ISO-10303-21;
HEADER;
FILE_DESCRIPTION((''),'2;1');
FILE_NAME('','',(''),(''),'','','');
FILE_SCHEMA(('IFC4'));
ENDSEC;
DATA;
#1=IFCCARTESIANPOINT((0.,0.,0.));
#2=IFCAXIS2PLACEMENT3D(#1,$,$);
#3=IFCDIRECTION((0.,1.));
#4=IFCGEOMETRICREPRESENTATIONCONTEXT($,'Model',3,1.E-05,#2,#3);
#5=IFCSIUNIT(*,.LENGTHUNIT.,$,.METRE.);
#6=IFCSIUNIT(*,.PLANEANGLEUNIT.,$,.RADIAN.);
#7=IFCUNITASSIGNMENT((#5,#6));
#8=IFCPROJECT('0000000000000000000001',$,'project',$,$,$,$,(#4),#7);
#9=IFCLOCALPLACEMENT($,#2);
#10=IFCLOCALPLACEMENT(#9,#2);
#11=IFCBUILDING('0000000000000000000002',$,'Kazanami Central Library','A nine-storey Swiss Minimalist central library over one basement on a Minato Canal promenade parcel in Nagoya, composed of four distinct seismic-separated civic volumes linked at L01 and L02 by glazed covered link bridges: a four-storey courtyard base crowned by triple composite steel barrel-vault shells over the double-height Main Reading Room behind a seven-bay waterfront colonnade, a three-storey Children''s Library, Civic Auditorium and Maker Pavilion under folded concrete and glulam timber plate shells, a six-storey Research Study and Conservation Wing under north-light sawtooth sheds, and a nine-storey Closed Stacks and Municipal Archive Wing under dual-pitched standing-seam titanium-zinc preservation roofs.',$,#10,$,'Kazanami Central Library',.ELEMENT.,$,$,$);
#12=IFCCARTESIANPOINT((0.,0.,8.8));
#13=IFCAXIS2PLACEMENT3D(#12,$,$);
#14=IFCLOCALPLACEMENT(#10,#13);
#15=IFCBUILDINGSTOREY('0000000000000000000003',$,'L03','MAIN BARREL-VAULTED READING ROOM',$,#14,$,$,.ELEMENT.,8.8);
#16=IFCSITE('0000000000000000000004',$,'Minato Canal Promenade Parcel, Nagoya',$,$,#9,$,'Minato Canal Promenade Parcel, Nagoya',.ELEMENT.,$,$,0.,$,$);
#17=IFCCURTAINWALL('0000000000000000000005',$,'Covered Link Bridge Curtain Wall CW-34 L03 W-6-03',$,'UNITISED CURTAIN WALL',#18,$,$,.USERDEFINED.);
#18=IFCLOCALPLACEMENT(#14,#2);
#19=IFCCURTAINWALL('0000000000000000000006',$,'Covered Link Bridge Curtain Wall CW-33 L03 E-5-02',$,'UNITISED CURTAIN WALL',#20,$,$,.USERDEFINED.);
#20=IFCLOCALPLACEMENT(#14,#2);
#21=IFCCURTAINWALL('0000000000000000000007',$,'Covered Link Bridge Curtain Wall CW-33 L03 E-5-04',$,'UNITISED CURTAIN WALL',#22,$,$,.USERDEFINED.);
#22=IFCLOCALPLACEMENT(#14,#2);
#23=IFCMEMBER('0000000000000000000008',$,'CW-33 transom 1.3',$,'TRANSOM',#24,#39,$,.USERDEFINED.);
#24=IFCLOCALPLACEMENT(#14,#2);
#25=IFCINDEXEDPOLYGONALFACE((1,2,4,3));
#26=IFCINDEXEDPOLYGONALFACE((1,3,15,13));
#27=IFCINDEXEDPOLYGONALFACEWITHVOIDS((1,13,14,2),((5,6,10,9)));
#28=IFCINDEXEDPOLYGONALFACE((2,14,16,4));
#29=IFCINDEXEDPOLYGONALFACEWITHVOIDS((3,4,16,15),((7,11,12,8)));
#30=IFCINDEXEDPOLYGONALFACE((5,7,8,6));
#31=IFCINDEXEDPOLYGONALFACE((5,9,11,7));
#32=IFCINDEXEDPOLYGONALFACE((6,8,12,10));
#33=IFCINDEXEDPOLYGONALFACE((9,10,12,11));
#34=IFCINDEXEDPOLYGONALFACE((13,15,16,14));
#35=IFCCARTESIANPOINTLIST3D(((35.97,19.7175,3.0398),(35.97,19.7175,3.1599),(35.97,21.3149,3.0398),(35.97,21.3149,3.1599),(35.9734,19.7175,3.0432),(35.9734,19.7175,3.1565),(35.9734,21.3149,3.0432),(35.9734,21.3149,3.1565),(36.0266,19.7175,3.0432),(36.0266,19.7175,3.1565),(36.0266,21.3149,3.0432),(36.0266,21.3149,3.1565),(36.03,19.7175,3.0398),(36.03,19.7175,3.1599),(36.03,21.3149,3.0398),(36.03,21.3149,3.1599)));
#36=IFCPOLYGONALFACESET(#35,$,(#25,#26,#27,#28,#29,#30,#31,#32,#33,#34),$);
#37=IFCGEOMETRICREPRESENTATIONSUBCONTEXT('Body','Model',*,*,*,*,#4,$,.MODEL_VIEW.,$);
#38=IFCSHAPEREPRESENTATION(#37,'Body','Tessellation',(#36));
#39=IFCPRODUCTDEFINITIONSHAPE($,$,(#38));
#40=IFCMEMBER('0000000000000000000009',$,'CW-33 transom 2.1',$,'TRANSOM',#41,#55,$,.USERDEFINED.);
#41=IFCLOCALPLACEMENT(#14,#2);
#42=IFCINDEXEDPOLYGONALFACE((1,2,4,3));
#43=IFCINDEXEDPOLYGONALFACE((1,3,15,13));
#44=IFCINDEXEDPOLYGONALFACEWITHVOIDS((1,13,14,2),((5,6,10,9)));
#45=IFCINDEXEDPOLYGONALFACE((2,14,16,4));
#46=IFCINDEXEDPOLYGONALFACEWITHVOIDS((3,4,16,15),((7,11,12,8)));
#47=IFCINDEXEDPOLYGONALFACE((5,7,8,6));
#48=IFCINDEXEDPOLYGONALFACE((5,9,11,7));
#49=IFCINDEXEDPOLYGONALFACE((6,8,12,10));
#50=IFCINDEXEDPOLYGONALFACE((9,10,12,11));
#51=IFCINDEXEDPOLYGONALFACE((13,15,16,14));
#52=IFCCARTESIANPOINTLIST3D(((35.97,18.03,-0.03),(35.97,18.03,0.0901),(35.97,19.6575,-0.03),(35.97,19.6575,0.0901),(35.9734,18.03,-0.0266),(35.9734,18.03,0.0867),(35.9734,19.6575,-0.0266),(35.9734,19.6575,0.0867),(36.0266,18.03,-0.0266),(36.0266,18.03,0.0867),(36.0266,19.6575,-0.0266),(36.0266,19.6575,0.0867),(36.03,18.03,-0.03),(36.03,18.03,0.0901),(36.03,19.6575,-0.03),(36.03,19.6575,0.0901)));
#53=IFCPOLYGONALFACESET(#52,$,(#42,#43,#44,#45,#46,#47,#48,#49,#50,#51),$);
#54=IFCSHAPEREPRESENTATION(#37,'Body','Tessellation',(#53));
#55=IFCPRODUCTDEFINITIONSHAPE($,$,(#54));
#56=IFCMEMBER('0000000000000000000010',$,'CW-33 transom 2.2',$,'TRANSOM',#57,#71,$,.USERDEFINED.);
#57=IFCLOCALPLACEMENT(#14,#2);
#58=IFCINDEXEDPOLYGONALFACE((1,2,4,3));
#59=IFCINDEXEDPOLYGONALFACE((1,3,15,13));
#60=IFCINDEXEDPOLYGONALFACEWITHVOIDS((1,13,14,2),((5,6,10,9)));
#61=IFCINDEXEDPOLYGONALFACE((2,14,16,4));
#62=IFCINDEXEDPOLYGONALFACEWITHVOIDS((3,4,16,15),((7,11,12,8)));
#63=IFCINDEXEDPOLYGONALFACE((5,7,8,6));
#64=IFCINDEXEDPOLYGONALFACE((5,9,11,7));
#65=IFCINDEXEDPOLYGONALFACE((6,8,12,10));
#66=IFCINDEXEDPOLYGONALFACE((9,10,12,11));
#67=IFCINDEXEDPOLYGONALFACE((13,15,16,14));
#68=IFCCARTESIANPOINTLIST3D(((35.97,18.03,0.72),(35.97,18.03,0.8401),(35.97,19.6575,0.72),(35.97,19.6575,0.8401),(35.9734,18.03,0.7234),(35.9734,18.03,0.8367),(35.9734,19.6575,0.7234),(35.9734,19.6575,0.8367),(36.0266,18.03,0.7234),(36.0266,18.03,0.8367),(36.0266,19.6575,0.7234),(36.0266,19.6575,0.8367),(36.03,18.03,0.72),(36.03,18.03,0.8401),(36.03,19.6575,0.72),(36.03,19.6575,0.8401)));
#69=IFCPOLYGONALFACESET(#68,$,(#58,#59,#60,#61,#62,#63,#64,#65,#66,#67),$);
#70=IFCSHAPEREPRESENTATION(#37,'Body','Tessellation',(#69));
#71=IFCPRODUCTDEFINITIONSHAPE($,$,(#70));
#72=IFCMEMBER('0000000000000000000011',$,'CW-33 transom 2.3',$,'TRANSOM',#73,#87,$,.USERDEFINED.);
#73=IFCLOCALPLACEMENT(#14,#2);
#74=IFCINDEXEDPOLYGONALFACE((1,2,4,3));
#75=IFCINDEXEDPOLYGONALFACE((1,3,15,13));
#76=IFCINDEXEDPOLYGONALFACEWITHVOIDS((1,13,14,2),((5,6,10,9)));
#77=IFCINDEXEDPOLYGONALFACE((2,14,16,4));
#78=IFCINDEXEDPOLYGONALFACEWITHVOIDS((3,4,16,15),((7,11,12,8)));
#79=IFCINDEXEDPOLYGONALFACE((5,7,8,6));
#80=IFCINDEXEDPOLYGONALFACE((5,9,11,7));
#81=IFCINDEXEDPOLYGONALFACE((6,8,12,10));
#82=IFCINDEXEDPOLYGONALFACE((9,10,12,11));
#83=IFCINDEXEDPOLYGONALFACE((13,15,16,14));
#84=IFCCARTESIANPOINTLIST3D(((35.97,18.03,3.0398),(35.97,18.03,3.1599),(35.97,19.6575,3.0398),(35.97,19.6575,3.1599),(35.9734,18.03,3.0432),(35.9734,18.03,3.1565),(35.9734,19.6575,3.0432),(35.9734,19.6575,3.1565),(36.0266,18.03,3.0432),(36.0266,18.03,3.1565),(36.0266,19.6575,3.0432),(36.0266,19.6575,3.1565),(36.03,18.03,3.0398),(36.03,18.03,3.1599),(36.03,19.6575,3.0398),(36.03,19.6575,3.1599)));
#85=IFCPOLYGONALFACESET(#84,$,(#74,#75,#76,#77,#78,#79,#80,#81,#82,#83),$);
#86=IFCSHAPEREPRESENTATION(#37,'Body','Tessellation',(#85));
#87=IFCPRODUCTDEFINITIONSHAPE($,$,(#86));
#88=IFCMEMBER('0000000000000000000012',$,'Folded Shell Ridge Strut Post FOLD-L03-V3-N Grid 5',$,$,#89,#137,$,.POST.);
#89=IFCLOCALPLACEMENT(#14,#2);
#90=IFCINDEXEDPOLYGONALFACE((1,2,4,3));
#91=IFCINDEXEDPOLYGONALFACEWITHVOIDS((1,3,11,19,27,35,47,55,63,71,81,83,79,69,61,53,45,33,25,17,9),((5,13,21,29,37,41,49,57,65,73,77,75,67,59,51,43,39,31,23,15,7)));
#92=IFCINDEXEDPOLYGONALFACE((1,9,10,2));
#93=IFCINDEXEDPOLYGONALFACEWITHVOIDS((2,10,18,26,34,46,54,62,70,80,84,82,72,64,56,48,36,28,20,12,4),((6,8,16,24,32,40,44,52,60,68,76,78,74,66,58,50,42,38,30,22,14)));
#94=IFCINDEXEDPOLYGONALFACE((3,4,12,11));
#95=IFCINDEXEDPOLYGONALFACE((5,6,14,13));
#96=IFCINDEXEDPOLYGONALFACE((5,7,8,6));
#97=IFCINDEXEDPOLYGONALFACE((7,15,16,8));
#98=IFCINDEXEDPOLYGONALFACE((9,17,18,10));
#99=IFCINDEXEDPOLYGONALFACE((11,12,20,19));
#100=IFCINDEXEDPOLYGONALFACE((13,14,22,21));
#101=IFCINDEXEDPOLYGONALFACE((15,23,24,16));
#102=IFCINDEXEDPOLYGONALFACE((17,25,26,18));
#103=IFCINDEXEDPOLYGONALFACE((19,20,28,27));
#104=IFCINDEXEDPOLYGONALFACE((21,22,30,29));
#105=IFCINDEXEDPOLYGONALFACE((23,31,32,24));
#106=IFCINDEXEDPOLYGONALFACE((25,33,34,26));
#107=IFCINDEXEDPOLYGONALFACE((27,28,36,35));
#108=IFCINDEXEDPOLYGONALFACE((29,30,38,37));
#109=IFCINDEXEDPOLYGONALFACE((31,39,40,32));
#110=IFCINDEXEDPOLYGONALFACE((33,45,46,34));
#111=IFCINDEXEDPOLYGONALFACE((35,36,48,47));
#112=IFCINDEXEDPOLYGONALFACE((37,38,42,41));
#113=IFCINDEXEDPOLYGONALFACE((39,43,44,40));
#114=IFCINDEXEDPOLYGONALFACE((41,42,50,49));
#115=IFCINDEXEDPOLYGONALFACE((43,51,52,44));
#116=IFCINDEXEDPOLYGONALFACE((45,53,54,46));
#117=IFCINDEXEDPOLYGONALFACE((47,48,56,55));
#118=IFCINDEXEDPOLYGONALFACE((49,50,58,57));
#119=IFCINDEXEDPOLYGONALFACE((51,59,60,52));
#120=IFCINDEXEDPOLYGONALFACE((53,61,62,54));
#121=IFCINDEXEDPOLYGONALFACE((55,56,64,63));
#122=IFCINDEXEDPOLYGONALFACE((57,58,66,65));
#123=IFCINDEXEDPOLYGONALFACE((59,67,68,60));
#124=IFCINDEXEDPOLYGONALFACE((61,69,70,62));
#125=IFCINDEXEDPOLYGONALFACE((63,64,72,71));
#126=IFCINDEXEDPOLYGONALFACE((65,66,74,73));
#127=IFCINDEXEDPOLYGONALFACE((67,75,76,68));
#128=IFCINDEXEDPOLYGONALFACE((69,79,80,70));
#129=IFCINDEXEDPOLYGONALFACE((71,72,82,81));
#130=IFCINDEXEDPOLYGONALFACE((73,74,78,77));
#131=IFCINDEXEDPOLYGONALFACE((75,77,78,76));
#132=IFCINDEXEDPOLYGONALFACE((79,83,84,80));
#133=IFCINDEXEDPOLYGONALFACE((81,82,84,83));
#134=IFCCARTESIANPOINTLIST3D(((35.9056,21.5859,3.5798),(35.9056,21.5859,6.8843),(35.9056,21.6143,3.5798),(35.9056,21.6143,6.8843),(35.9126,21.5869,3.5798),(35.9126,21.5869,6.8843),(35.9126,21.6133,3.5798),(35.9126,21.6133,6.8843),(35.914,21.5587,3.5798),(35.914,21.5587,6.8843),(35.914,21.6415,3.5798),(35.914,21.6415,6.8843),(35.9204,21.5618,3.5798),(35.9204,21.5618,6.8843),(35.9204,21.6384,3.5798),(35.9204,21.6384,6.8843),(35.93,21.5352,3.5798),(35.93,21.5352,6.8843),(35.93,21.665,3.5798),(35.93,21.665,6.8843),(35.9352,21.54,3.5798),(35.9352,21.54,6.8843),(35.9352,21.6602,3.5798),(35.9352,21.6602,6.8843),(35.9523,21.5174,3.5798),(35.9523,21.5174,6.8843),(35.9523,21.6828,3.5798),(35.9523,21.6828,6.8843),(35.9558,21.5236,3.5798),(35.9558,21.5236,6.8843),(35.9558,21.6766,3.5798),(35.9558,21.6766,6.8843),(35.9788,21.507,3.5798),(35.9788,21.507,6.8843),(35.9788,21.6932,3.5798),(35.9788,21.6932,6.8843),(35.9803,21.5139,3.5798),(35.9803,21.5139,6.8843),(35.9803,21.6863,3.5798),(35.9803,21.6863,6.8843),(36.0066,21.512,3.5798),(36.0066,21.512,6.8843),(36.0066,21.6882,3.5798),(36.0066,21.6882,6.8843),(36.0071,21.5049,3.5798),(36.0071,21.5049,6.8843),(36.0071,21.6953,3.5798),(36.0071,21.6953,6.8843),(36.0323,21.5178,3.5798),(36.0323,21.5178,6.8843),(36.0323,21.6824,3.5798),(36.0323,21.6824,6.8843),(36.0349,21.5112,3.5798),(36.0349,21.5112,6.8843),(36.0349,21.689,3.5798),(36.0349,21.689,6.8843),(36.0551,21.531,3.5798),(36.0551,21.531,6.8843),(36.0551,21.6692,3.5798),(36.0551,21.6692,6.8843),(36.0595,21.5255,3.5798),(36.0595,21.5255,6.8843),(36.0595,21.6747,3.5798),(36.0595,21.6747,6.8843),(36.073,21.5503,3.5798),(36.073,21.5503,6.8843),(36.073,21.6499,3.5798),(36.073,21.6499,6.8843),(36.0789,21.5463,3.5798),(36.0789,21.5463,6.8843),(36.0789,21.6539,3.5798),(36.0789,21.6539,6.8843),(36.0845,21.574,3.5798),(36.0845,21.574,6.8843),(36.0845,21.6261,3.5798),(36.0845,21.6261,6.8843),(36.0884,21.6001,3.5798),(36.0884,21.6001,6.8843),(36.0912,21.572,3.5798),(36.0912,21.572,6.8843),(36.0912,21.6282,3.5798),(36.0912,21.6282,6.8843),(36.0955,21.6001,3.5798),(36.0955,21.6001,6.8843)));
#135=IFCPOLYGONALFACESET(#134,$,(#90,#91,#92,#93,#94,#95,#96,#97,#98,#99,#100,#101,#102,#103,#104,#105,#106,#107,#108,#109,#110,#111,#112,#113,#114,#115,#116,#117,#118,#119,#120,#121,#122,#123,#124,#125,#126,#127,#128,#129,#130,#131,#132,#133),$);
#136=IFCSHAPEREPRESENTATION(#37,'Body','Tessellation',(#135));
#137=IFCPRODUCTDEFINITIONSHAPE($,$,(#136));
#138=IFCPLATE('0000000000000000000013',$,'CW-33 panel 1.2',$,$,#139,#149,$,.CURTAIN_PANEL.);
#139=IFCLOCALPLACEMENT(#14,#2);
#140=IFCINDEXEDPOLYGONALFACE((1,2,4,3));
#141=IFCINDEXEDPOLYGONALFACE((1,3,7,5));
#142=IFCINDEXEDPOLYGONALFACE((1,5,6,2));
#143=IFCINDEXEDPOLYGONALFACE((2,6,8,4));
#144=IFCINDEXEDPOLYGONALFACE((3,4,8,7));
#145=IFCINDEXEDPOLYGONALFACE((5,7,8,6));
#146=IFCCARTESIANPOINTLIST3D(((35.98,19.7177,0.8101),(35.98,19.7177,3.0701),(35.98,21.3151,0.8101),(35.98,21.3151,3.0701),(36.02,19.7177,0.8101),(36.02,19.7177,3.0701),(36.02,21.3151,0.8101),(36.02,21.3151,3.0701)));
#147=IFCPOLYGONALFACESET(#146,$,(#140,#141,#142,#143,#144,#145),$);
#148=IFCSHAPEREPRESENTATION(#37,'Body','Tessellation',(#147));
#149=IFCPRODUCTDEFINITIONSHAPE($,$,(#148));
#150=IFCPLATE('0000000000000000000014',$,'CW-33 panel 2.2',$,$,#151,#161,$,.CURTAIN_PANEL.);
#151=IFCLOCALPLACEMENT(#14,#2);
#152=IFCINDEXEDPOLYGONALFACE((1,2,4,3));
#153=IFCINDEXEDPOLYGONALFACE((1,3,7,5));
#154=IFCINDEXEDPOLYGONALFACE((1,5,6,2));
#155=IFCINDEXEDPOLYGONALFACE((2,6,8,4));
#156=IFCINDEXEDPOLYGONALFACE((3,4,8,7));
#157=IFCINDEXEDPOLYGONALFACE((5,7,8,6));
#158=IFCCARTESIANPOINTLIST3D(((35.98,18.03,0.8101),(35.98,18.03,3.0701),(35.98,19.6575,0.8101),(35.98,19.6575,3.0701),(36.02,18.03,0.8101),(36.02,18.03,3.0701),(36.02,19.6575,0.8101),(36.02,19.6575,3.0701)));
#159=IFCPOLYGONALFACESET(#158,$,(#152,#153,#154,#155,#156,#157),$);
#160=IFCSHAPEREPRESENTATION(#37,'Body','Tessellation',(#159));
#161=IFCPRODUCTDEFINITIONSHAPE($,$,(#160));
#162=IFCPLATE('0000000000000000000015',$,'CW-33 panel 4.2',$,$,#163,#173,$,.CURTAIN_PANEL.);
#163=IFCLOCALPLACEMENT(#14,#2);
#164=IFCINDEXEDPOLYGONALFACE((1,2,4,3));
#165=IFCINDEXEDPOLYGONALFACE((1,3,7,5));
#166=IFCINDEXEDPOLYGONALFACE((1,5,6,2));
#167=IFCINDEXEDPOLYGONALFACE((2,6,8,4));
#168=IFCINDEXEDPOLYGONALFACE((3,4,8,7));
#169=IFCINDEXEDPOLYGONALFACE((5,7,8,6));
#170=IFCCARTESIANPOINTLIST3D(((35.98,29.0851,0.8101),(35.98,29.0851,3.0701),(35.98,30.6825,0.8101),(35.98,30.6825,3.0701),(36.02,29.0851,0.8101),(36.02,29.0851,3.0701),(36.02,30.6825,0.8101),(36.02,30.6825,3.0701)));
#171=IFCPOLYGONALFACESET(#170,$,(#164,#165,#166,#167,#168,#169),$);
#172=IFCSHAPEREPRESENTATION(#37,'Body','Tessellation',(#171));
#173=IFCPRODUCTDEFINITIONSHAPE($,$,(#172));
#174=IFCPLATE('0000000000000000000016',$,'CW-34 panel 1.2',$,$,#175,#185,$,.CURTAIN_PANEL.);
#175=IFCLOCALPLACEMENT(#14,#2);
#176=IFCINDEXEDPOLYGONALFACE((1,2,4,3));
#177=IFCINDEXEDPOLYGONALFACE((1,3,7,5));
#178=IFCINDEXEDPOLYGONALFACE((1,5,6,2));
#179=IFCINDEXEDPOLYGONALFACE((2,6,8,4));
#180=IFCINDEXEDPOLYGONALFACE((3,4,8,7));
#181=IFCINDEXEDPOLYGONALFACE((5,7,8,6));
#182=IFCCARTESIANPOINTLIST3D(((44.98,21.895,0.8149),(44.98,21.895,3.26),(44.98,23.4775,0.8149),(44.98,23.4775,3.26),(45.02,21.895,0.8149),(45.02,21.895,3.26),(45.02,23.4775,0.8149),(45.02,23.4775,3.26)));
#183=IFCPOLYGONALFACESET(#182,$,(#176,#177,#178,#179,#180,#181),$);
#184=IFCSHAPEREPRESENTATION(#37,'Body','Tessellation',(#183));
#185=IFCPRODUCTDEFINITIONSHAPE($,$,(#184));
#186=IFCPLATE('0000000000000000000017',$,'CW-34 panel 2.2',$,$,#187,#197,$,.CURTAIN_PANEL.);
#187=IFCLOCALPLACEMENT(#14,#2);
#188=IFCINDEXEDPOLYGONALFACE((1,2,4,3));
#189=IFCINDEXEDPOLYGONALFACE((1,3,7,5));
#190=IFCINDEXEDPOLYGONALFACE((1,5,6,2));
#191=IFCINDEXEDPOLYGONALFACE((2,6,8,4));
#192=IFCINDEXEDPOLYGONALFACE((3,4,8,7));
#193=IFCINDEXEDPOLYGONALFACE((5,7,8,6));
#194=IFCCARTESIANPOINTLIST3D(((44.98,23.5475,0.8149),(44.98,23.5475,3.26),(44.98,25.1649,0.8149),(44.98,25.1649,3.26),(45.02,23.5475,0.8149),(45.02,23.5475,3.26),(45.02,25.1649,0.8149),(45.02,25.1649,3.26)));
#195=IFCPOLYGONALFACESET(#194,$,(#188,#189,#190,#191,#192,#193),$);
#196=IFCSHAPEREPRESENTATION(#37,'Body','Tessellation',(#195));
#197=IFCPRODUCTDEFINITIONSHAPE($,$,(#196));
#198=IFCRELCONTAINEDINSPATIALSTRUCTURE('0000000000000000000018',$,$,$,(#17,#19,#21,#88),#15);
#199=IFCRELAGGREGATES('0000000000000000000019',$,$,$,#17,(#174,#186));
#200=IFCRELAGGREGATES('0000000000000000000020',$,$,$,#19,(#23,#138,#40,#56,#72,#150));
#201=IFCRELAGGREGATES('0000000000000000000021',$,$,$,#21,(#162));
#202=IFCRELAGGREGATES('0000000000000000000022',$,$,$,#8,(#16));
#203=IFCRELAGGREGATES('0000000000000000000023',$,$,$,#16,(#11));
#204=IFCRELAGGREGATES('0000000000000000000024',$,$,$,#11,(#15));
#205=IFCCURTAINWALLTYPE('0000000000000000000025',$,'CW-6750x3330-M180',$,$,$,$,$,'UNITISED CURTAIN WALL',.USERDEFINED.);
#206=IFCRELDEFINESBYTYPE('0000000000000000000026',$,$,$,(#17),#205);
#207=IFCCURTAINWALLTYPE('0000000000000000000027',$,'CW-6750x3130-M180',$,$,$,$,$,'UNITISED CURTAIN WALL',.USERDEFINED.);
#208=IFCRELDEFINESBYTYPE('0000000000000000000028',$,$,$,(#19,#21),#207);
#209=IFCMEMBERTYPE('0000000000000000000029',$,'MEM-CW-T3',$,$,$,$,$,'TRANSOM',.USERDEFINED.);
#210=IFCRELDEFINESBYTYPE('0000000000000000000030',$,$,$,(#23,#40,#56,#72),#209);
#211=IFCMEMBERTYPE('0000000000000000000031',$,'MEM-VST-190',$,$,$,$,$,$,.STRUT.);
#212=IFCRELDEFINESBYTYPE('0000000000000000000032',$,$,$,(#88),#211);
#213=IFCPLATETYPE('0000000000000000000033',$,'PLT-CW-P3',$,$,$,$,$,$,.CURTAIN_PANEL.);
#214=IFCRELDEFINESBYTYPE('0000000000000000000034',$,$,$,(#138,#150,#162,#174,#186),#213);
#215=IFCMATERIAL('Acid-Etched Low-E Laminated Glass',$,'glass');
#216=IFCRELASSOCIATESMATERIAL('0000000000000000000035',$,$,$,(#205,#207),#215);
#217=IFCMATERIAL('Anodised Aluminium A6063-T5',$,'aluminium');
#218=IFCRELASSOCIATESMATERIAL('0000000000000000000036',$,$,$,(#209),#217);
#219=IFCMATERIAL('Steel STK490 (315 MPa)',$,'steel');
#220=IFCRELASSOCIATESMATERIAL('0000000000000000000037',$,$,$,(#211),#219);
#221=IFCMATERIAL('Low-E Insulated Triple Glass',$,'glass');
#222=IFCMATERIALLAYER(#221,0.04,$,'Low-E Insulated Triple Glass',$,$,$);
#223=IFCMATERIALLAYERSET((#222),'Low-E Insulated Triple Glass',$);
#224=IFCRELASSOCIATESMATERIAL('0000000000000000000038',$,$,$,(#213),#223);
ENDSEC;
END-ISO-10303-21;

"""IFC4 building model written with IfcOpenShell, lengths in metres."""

from ifc_helpers import new_model, si_unit, direction, frame, origin, origin_2d, place, context, subcontext, project, spatial, rectangle, hollow_rectangle, hollow_circle, extrude, material, layer, layer_set, material_profile, profile_set, type_object, element, aggregate, save


model = new_model("IFC4")

# Units and contexts
model_context = context("Model", 3, precision=1e-05, world=origin(), true_north=direction((0.0, 1.0)))
body_context = subcontext(model_context, "Body", "Model", "MODEL_VIEW")
ifc_project = project(units=[si_unit("LENGTHUNIT", "METRE"), si_unit("PLANEANGLEUNIT", "RADIAN")], contexts=[model_context])

# Site, building, storey
site_placement = place(None, origin())
site = spatial("IfcSite", under=ifc_project, at=site_placement, Name="Minato Canal Promenade Parcel, Nagoya", LongName="Minato Canal Promenade Parcel, Nagoya", CompositionType="ELEMENT", RefElevation=0.0)
building_placement = place(site_placement, origin())
building = spatial("IfcBuilding", under=site, at=building_placement, Name="Kazanami Central Library", Description="A nine-storey Swiss Minimalist central library over one basement on a Minato Canal promenade parcel in Nagoya, composed of four distinct seismic-separated civic volumes linked at L01 and L02 by glazed covered link bridges: a four-storey courtyard base crowned by triple composite steel barrel-vault shells over the double-height Main Reading Room behind a seven-bay waterfront colonnade, a three-storey Children's Library, Civic Auditorium and Maker Pavilion under folded concrete and glulam timber plate shells, a six-storey Research Study and Conservation Wing under north-light sawtooth sheds, and a nine-storey Closed Stacks and Municipal Archive Wing under dual-pitched standing-seam titanium-zinc preservation roofs.", LongName="Kazanami Central Library", CompositionType="ELEMENT")
storey_placement = place(building_placement, frame((0.0, 0.0, 8.8)))
storey = spatial("IfcBuildingStorey", under=building, at=storey_placement, Name="L03", Description="MAIN BARREL-VAULTED READING ROOM", CompositionType="ELEMENT", Elevation=8.8)

# Curtain walls
ifc_material_1 = material(Name="Acid-Etched Low-E Laminated Glass", Category="glass")
curtain_wall_type_1 = type_object("IfcCurtainWallType", Name="CW-6750x3330-M180", ElementType="UNITISED CURTAIN WALL", PredefinedType="USERDEFINED", material=ifc_material_1)
curtain_wall_1_placement = place(storey_placement, origin())
curtain_wall_1 = element("IfcCurtainWall", 1, at=curtain_wall_1_placement, inside=storey, type_object=curtain_wall_type_1, Name="Covered Link Bridge Curtain Wall CW-34 L03 W-6-03", ObjectType="UNITISED CURTAIN WALL", PredefinedType="USERDEFINED")
ifc_material_2 = material(Name="Anodised Aluminium A6063-T5", Category="aluminium")
curtain_wall_type_2 = type_object("IfcCurtainWallType", Name="CW-6750x3130-M180", ElementType="UNITISED CURTAIN WALL", PredefinedType="USERDEFINED", material=ifc_material_1)
curtain_wall_2_placement = place(storey_placement, origin())
curtain_wall_2 = element("IfcCurtainWall", 2, at=curtain_wall_2_placement, inside=storey, type_object=curtain_wall_type_2, Name="Covered Link Bridge Curtain Wall CW-33 L03 E-5-02", ObjectType="UNITISED CURTAIN WALL", PredefinedType="USERDEFINED")

# Curtain wall
curtain_wall_3_placement = place(storey_placement, origin())
curtain_wall_3 = element("IfcCurtainWall", 3, at=curtain_wall_3_placement, inside=storey, type_object=curtain_wall_type_2, Name="Covered Link Bridge Curtain Wall CW-33 L03 E-5-04", ObjectType="UNITISED CURTAIN WALL", PredefinedType="USERDEFINED")

# Members
ifc_material_profile_1 = material_profile(ifc_material_2, hollow_rectangle(XDim=0.0601, YDim=0.1201, WallThickness=0.0034, at=origin_2d()), Name="ALU-TRAN-60x120x3.5")
ifc_profile_set_1 = profile_set([ifc_material_profile_1], Name="Anodised Aluminium A6063-T5")
member_type_1 = type_object("IfcMemberType", Name="MEM-CW-T3", ElementType="TRANSOM", PredefinedType="USERDEFINED", material=ifc_profile_set_1)
member_1_placement = place(storey_placement, frame((36.0, 21.3149, 3.0999), z_axis=(0.0, -1.0, 0.0), x_axis=(1.0, 0.0, 0.0)))
member_1 = element("IfcMember", 4, at=member_1_placement, type_object=member_type_1, Name="CW-33 transom 1.3", ObjectType="TRANSOM", PredefinedType="USERDEFINED", context=body_context, shape_type="SweptSolid", body=[
    extrude(hollow_rectangle(XDim=0.0601, YDim=0.1201, WallThickness=0.0034, at=origin_2d()), origin(), (0.0, 0.0, 1.0), 1.5974),
])
member_2_placement = place(storey_placement, frame((36.0, 19.6575, 0.03), z_axis=(0.0, -1.0, 0.0), x_axis=(1.0, 0.0, 0.0)))
member_2 = element("IfcMember", 5, at=member_2_placement, type_object=member_type_1, Name="CW-33 transom 2.1", ObjectType="TRANSOM", PredefinedType="USERDEFINED", context=body_context, shape_type="SweptSolid", body=[
    extrude(hollow_rectangle(XDim=0.0601, YDim=0.1201, WallThickness=0.0034, at=origin_2d()), origin(), (0.0, 0.0, 1.0), 1.6274),
])
member_3_placement = place(storey_placement, frame((36.0, 19.6575, 0.78), z_axis=(0.0, -1.0, 0.0), x_axis=(1.0, 0.0, 0.0)))
member_3 = element("IfcMember", 6, at=member_3_placement, type_object=member_type_1, Name="CW-33 transom 2.2", ObjectType="TRANSOM", PredefinedType="USERDEFINED", context=body_context, shape_type="SweptSolid", body=[
    extrude(hollow_rectangle(XDim=0.0601, YDim=0.1201, WallThickness=0.0034, at=origin_2d()), origin(), (0.0, 0.0, 1.0), 1.6274),
])
member_4_placement = place(storey_placement, frame((36.0, 19.6575, 3.0999), z_axis=(0.0, -1.0, 0.0), x_axis=(1.0, 0.0, 0.0)))
member_4 = element("IfcMember", 7, at=member_4_placement, type_object=member_type_1, Name="CW-33 transom 2.3", ObjectType="TRANSOM", PredefinedType="USERDEFINED", context=body_context, shape_type="SweptSolid", body=[
    extrude(hollow_rectangle(XDim=0.0601, YDim=0.1201, WallThickness=0.0034, at=origin_2d()), origin(), (0.0, 0.0, 1.0), 1.6274),
])
ifc_material_3 = material(Name="Steel STK490 (315 MPa)", Category="steel")
ifc_material_profile_2 = material_profile(ifc_material_3, hollow_circle(Radius=0.0955, WallThickness=0.0071, at=origin_2d()), Name="CHS-190.7x7.0")
ifc_profile_set_2 = profile_set([ifc_material_profile_2], Name="Steel STK490 (315 MPa)")
member_type_2 = type_object("IfcMemberType", Name="MEM-VST-190", PredefinedType="STRUT", material=ifc_profile_set_2)
member_5_placement = place(storey_placement, frame((36.0, 21.6001, 3.5798), z_axis=(0.0, 0.0, 1.0), x_axis=(1.0, 0.0, 0.0)))
element("IfcMember", 8, at=member_5_placement, inside=storey, type_object=member_type_2, Name="Folded Shell Ridge Strut Post FOLD-L03-V3-N Grid 5", PredefinedType="POST", context=body_context, shape_type="SweptSolid", body=[
    extrude(hollow_circle(Radius=0.0955, WallThickness=0.0071, at=origin_2d()), origin(), (0.0, 0.0, 1.0), 3.3044),
])

# Plates
ifc_material_4 = material(Name="Low-E Insulated Triple Glass", Category="glass")
ifc_layer_1 = layer(ifc_material_4, 0.04, Name="Low-E Insulated Triple Glass")
ifc_layer_set_1 = layer_set([ifc_layer_1], Name="Low-E Insulated Triple Glass")
plate_type_1 = type_object("IfcPlateType", Name="PLT-CW-P3", PredefinedType="CURTAIN_PANEL", material=ifc_layer_set_1)
plate_1_placement = place(storey_placement, frame((36.0, 20.5164, 0.8101), z_axis=(0.0, 0.0, 1.0), x_axis=(0.0, -1.0, 0.0)))
plate_1 = element("IfcPlate", 9, at=plate_1_placement, type_object=plate_type_1, Name="CW-33 panel 1.2", PredefinedType="CURTAIN_PANEL", context=body_context, shape_type="SweptSolid", body=[
    extrude(rectangle(XDim=1.5974, YDim=0.04, at=origin_2d()), origin(), (0.0, 0.0, 1.0), 2.26),
])
plate_2_placement = place(storey_placement, frame((36.0, 18.8438, 0.8101), z_axis=(0.0, 0.0, 1.0), x_axis=(0.0, -1.0, 0.0)))
plate_2 = element("IfcPlate", 10, at=plate_2_placement, type_object=plate_type_1, Name="CW-33 panel 2.2", PredefinedType="CURTAIN_PANEL", context=body_context, shape_type="SweptSolid", body=[
    extrude(rectangle(XDim=1.6274, YDim=0.04, at=origin_2d()), origin(), (0.0, 0.0, 1.0), 2.26),
])
plate_3_placement = place(storey_placement, frame((36.0, 29.8838, 0.8101), z_axis=(0.0, 0.0, 1.0), x_axis=(0.0, -1.0, 0.0)))
plate_3 = element("IfcPlate", 11, at=plate_3_placement, type_object=plate_type_1, Name="CW-33 panel 4.2", PredefinedType="CURTAIN_PANEL", context=body_context, shape_type="SweptSolid", body=[
    extrude(rectangle(XDim=1.5974, YDim=0.04, at=origin_2d()), origin(), (0.0, 0.0, 1.0), 2.26),
])
plate_4_placement = place(storey_placement, frame((45.0, 22.6863, 0.8149), z_axis=(0.0, 0.0, 1.0), x_axis=(0.0, 1.0, 0.0)))
plate_4 = element("IfcPlate", 12, at=plate_4_placement, type_object=plate_type_1, Name="CW-34 panel 1.2", PredefinedType="CURTAIN_PANEL", context=body_context, shape_type="SweptSolid", body=[
    extrude(rectangle(XDim=1.5825, YDim=0.04, at=origin_2d()), origin(), (0.0, 0.0, 1.0), 2.4451),
])
plate_5_placement = place(storey_placement, frame((45.0, 24.3562, 0.8149), z_axis=(0.0, 0.0, 1.0), x_axis=(0.0, 1.0, 0.0)))
plate_5 = element("IfcPlate", 13, at=plate_5_placement, type_object=plate_type_1, Name="CW-34 panel 2.2", PredefinedType="CURTAIN_PANEL", context=body_context, shape_type="SweptSolid", body=[
    extrude(rectangle(XDim=1.6174, YDim=0.04, at=origin_2d()), origin(), (0.0, 0.0, 1.0), 2.4451),
])
aggregate(curtain_wall_1, [plate_4, plate_5])
aggregate(curtain_wall_2, [member_1, plate_1, member_2, member_3, member_4, plate_2])
aggregate(curtain_wall_3, [plate_3])

save(model, "model.ifc")
